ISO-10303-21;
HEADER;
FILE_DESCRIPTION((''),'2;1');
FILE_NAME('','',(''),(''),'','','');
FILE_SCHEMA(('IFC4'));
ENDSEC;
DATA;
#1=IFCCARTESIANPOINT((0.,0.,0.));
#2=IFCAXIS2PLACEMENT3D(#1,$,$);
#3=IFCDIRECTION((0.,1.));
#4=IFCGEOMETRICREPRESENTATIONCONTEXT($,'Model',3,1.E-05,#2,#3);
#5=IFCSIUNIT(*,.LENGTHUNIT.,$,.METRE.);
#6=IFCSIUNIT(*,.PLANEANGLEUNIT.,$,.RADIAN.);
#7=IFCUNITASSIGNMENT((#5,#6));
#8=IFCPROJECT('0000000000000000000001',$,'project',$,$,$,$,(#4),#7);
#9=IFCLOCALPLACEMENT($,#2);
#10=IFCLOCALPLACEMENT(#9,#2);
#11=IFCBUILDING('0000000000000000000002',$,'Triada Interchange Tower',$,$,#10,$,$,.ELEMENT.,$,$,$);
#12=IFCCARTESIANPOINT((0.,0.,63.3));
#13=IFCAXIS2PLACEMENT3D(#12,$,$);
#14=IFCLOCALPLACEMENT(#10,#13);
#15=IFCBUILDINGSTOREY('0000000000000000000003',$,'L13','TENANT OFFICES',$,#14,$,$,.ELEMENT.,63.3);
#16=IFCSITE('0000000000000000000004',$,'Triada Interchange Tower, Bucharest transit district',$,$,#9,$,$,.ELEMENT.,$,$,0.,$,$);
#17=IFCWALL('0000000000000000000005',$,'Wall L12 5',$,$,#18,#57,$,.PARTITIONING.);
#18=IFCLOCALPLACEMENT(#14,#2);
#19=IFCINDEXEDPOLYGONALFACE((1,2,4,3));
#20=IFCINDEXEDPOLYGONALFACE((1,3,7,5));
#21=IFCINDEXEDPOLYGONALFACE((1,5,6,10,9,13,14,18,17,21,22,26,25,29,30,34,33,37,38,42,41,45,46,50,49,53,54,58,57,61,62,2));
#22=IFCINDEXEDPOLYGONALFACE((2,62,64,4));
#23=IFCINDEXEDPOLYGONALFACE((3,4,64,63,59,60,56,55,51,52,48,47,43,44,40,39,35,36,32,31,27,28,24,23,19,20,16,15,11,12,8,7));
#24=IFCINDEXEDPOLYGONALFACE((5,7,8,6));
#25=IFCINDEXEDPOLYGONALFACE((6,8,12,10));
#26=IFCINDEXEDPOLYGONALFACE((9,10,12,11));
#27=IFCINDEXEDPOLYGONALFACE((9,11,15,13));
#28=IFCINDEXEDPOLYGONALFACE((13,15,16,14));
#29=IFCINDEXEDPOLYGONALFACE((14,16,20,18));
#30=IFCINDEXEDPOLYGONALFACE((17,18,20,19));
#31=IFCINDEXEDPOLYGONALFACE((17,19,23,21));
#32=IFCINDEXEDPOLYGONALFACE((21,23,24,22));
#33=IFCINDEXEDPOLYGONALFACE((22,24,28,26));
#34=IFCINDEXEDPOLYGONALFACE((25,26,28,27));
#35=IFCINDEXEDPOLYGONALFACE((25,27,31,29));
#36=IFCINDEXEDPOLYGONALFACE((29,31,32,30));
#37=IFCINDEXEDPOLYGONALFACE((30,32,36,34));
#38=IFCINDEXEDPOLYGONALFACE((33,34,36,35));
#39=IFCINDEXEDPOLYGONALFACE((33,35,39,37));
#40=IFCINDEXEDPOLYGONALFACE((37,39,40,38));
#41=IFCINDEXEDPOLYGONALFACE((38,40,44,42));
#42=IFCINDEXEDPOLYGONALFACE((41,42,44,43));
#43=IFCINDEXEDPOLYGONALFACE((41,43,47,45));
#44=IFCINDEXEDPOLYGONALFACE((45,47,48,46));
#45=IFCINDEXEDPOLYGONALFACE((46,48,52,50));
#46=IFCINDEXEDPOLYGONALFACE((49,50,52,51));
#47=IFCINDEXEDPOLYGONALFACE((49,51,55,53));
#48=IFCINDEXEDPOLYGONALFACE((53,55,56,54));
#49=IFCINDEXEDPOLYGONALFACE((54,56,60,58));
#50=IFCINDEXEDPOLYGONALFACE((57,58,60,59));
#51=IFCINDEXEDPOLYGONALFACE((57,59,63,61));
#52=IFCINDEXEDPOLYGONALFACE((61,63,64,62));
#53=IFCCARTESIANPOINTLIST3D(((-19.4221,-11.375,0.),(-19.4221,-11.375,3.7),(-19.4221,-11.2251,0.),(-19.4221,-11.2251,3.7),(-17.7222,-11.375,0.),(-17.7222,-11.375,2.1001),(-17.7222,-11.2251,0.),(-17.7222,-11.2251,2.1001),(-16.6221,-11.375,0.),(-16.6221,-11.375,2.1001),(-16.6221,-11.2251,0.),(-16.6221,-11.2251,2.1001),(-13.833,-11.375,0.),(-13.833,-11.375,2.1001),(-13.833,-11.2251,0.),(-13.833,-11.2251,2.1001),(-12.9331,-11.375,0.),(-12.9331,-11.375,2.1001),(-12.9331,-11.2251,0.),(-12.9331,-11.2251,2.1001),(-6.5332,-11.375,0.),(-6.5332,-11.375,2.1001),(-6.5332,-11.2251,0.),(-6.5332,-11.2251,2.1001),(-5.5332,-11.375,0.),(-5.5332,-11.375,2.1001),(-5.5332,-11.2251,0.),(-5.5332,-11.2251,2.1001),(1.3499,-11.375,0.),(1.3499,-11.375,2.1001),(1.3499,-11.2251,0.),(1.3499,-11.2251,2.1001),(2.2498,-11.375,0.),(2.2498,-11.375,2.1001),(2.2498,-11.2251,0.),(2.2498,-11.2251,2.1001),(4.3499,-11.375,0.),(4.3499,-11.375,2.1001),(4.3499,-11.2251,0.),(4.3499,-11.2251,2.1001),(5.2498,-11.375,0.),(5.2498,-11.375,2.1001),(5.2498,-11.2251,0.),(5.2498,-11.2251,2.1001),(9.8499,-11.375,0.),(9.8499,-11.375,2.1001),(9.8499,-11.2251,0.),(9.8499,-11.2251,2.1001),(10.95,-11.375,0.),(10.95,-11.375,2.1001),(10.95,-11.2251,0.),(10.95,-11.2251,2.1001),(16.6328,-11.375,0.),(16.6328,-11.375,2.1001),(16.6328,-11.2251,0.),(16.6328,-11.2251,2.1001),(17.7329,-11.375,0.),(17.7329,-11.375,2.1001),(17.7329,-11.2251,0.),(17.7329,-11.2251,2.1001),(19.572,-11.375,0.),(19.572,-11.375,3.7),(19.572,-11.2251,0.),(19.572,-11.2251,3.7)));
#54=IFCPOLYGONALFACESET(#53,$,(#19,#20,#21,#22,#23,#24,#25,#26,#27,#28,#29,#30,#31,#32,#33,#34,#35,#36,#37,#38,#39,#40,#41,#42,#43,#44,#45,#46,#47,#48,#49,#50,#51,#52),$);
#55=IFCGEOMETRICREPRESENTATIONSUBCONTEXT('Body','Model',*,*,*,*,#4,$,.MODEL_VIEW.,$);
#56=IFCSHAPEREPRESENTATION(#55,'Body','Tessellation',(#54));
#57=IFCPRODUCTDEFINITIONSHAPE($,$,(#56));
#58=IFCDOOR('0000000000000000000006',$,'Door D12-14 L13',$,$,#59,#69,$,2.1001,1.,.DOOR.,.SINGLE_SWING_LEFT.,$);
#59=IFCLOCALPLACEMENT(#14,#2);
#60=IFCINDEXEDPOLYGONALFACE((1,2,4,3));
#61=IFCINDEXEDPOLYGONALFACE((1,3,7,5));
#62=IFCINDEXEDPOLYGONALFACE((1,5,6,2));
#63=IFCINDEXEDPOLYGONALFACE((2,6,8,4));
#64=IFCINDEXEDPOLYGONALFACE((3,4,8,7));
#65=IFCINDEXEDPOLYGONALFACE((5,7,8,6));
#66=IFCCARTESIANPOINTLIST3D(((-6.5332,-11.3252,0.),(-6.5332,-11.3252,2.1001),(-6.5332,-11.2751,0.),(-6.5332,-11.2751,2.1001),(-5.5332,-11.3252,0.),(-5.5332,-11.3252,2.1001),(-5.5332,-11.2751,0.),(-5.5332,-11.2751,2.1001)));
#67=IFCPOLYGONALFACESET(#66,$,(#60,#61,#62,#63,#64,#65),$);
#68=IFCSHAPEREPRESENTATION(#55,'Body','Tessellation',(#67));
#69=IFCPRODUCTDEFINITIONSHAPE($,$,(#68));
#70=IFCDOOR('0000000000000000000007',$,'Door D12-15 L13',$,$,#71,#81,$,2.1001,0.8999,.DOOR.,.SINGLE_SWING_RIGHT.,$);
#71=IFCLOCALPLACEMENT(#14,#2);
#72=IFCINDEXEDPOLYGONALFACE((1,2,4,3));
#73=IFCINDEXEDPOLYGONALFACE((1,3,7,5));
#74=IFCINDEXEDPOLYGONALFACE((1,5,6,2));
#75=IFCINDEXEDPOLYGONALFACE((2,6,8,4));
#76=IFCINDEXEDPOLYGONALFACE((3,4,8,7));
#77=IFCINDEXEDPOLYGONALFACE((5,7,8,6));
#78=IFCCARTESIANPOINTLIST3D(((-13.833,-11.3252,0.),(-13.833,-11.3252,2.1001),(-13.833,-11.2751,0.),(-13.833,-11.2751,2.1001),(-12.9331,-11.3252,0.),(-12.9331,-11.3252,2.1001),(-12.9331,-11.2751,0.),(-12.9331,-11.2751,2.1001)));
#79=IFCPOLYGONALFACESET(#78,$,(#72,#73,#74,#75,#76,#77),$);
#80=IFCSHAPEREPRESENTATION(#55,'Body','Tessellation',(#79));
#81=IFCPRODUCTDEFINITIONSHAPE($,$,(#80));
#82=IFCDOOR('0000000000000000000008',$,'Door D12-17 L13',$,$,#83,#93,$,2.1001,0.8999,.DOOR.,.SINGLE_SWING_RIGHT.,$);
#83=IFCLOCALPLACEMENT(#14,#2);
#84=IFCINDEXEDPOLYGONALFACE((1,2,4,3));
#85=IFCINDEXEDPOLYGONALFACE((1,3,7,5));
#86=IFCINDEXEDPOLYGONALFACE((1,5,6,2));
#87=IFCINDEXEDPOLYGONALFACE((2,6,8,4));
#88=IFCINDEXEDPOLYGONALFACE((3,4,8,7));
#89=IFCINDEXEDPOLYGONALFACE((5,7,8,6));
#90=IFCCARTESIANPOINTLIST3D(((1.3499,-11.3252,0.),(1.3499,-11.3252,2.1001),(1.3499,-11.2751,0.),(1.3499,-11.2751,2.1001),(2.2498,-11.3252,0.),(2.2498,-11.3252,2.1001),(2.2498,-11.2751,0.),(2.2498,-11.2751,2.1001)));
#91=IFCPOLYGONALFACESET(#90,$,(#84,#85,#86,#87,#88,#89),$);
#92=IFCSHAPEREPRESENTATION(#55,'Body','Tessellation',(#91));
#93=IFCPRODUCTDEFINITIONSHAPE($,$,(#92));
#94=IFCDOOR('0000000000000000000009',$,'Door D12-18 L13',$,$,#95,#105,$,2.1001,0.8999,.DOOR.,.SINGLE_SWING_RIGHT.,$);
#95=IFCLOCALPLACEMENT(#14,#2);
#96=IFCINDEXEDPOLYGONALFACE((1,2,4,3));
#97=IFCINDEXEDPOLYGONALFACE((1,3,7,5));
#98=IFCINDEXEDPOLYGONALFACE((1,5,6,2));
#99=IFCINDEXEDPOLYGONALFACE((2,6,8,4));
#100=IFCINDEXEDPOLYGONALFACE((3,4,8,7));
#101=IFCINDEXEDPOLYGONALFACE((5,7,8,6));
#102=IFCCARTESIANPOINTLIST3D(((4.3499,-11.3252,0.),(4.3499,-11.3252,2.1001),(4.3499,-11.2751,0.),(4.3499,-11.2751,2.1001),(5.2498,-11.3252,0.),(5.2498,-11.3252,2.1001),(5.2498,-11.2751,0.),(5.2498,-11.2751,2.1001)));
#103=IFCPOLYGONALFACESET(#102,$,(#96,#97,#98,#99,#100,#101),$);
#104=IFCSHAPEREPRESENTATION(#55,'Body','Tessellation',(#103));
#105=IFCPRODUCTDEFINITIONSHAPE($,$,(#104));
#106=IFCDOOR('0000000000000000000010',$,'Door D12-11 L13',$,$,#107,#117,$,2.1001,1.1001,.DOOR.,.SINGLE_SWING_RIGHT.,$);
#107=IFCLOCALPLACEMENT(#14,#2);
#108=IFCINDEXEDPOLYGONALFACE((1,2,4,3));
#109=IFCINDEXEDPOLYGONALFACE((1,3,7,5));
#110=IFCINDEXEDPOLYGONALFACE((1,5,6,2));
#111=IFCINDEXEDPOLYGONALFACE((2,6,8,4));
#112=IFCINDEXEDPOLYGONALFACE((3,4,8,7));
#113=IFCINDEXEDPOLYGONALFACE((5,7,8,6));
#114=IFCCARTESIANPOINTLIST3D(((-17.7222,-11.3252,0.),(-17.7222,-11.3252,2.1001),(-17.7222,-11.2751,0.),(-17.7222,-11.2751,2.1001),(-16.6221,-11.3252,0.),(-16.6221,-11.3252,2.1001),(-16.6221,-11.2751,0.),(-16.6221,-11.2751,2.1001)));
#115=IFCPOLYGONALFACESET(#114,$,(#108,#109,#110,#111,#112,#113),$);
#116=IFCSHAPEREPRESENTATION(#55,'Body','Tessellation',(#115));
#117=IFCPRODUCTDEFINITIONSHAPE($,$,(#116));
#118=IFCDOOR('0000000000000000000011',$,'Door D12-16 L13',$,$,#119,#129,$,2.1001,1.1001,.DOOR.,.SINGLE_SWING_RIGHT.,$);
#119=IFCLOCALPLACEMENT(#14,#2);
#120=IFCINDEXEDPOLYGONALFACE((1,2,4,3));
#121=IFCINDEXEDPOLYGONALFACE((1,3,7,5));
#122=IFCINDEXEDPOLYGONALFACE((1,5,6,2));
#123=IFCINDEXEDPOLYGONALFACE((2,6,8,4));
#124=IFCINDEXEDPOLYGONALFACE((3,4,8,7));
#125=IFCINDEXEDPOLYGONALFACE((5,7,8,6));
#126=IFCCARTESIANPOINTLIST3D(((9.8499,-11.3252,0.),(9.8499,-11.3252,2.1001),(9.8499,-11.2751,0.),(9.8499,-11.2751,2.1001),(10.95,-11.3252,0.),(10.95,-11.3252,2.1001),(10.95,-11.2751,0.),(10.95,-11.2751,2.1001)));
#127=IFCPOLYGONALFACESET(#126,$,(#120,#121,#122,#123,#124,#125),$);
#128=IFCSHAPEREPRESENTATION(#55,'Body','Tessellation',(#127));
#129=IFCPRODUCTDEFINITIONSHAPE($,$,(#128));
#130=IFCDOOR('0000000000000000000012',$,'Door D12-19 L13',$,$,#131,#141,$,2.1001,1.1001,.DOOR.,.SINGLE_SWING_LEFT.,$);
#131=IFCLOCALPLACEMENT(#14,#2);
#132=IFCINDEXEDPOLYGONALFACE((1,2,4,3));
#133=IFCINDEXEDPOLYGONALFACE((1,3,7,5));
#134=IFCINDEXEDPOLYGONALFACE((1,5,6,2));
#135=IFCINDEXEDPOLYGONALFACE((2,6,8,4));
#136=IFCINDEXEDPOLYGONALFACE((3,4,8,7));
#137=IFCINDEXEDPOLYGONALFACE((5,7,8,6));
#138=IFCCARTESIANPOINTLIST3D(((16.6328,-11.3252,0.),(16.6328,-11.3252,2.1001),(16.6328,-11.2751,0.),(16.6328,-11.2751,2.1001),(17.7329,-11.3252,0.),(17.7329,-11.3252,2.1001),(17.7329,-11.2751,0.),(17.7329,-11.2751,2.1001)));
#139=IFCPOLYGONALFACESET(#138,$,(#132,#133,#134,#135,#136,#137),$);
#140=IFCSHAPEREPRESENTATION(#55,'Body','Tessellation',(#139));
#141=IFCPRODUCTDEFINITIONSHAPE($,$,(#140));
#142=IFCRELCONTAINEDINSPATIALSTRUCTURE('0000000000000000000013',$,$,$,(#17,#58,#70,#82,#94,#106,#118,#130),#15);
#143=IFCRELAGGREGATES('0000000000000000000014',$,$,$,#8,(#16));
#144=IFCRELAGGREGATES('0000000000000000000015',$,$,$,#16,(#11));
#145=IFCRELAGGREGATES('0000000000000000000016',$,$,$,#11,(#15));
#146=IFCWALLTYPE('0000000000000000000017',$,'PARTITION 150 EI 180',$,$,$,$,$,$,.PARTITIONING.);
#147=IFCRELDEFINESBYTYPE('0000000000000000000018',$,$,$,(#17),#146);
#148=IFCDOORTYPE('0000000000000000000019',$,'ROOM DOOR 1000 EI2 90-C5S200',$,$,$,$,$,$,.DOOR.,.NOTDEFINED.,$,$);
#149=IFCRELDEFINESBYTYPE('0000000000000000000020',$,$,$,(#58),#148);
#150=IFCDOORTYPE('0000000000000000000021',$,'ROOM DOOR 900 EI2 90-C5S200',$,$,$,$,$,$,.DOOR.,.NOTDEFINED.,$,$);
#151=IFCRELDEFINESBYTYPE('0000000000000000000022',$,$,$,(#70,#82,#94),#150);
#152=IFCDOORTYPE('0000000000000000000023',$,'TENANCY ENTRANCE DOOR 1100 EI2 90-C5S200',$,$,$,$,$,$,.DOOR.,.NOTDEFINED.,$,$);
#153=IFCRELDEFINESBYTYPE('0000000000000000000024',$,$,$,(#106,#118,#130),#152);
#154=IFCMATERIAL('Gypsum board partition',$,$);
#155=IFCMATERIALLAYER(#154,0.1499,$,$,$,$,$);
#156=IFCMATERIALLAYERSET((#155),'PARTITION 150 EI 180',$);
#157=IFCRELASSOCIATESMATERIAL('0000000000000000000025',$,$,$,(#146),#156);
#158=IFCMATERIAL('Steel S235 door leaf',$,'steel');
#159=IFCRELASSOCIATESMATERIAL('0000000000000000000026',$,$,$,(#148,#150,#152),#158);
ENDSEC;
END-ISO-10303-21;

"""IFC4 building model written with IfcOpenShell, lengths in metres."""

from ifc_helpers import new_model, si_unit, direction, frame, frame_2d, origin, place, context, subcontext, project, spatial, rectangle, extrude, material, layer, layer_set, type_object, element, fill, save


model = new_model("IFC4")

# Units and contexts
model_context = context("Model", 3, precision=1e-05, world=origin(), true_north=direction((0.0, 1.0)))
body_context = subcontext(model_context, "Body", "Model", "MODEL_VIEW")
ifc_project = project(units=[si_unit("LENGTHUNIT", "METRE"), si_unit("PLANEANGLEUNIT", "RADIAN")], contexts=[model_context])

# Site, building, storey
site_placement = place(None, origin())
site = spatial("IfcSite", under=ifc_project, at=site_placement, Name="Triada Interchange Tower, Bucharest transit district", CompositionType="ELEMENT", RefElevation=0.0)
building_placement = place(site_placement, origin())
building = spatial("IfcBuilding", under=site, at=building_placement, Name="Triada Interchange Tower", CompositionType="ELEMENT")
storey_placement = place(building_placement, frame((0.0, 0.0, 63.3)))
storey = spatial("IfcBuildingStorey", under=building, at=storey_placement, Name="L13", Description="TENANT OFFICES", CompositionType="ELEMENT", Elevation=63.3)

# Wall, openings, doors
ifc_material_1 = material(Name="Gypsum board partition")
ifc_layer_1 = layer(ifc_material_1, 0.1499)
ifc_layer_set_1 = layer_set([ifc_layer_1], Name="PARTITION 150 EI 180")
wall_type_1 = type_object("IfcWallType", Name="PARTITION 150 EI 180", PredefinedType="PARTITIONING", material=ifc_layer_set_1)
ifc_material_2 = material(Name="Steel S235 door leaf", Category="steel")
door_type_1 = type_object("IfcDoorType", Name="ROOM DOOR 1000 EI2 90-C5S200", OperationType="NOTDEFINED", PredefinedType="DOOR", material=ifc_material_2)
door_type_2 = type_object("IfcDoorType", Name="ROOM DOOR 900 EI2 90-C5S200", OperationType="NOTDEFINED", PredefinedType="DOOR", material=ifc_material_2)
door_type_3 = type_object("IfcDoorType", Name="TENANCY ENTRANCE DOOR 1100 EI2 90-C5S200", OperationType="NOTDEFINED", PredefinedType="DOOR", material=ifc_material_2)
wall_1_placement = place(storey_placement, frame((-19.4221, -11.3, 0.0), z_axis=(0.0, 0.0, 1.0), x_axis=(1.0, 0.0, 0.0)))
wall_1 = element("IfcWall", 1, at=wall_1_placement, inside=storey, type_object=wall_type_1, Name="Wall L12 5", PredefinedType="PARTITIONING", context=body_context, shape_type="SweptSolid", body=[
    extrude(rectangle(XDim=38.9941, YDim=0.1499, at=frame_2d((19.4971, 0.0))), origin(), (0.0, 0.0, 1.0), 3.7),
])
opening_1_placement = place(wall_1_placement, frame((1.7, 0.0, 0.0)))
opening_1 = element("IfcOpeningElement", 2, at=opening_1_placement, cuts=wall_1, PredefinedType="OPENING", context=body_context, shape_type="SweptSolid", body=[
    extrude(rectangle(XDim=1.1001, YDim=2.1001, at=frame_2d((0.55, 1.05))), frame((0.0, 0.085, 0.0), z_axis=(0.0, -1.0, 0.0), x_axis=(1.0, 0.0, 0.0)), (0.0, 0.0, 1.0), 0.1699),
])
opening_2_placement = place(wall_1_placement, frame((12.8889, 0.0, 0.0)))
opening_2 = element("IfcOpeningElement", 3, at=opening_2_placement, cuts=wall_1, PredefinedType="OPENING", context=body_context, shape_type="SweptSolid", body=[
    extrude(rectangle(XDim=1.0, YDim=2.1001, at=frame_2d((0.5, 1.05))), frame((0.0, 0.085, 0.0), z_axis=(0.0, -1.0, 0.0), x_axis=(1.0, 0.0, 0.0)), (0.0, 0.0, 1.0), 0.1699),
])
opening_3_placement = place(wall_1_placement, frame((5.5891, 0.0, 0.0)))
opening_3 = element("IfcOpeningElement", 4, at=opening_3_placement, cuts=wall_1, PredefinedType="OPENING", context=body_context, shape_type="SweptSolid", body=[
    extrude(rectangle(XDim=0.8999, YDim=2.1001, at=frame_2d((0.45, 1.05))), frame((0.0, 0.085, 0.0), z_axis=(0.0, -1.0, 0.0), x_axis=(1.0, 0.0, 0.0)), (0.0, 0.0, 1.0), 0.1699),
])
opening_4_placement = place(wall_1_placement, frame((29.272, 0.0, 0.0)))
opening_4 = element("IfcOpeningElement", 5, at=opening_4_placement, cuts=wall_1, PredefinedType="OPENING", context=body_context, shape_type="SweptSolid", body=[
    extrude(rectangle(XDim=1.1001, YDim=2.1001, at=frame_2d((0.55, 1.05))), frame((0.0, 0.085, 0.0), z_axis=(0.0, -1.0, 0.0), x_axis=(1.0, 0.0, 0.0)), (0.0, 0.0, 1.0), 0.1699),
])
opening_5_placement = place(wall_1_placement, frame((20.772, 0.0, 0.0)))
opening_5 = element("IfcOpeningElement", 6, at=opening_5_placement, cuts=wall_1, PredefinedType="OPENING", context=body_context, shape_type="SweptSolid", body=[
    extrude(rectangle(XDim=0.8999, YDim=2.1001, at=frame_2d((0.45, 1.05))), frame((0.0, 0.085, 0.0), z_axis=(0.0, -1.0, 0.0), x_axis=(1.0, 0.0, 0.0)), (0.0, 0.0, 1.0), 0.1699),
])
opening_6_placement = place(wall_1_placement, frame((23.772, 0.0, 0.0)))
opening_6 = element("IfcOpeningElement", 7, at=opening_6_placement, cuts=wall_1, PredefinedType="OPENING", context=body_context, shape_type="SweptSolid", body=[
    extrude(rectangle(XDim=0.8999, YDim=2.1001, at=frame_2d((0.45, 1.05))), frame((0.0, 0.085, 0.0), z_axis=(0.0, -1.0, 0.0), x_axis=(1.0, 0.0, 0.0)), (0.0, 0.0, 1.0), 0.1699),
])
opening_7_placement = place(wall_1_placement, frame((36.0549, 0.0, 0.0)))
opening_7 = element("IfcOpeningElement", 8, at=opening_7_placement, cuts=wall_1, PredefinedType="OPENING", context=body_context, shape_type="SweptSolid", body=[
    extrude(rectangle(XDim=1.1001, YDim=2.1001, at=frame_2d((0.55, 1.05))), frame((0.0, 0.085, 0.0), z_axis=(0.0, -1.0, 0.0), x_axis=(1.0, 0.0, 0.0)), (0.0, 0.0, 1.0), 0.1699),
])
door_1_placement = place(opening_2_placement, origin())
door_1 = element("IfcDoor", 9, at=door_1_placement, inside=storey, type_object=door_type_1, Name="Door D12-14 L13", OperationType="SINGLE_SWING_LEFT", OverallHeight=2.1001, OverallWidth=1.0, PredefinedType="DOOR", context=body_context, shape_type="SweptSolid", body=[
    extrude(rectangle(XDim=1.0, YDim=2.1001, at=frame_2d((0.5, 1.05))), frame((0.0, 0.0249, 0.0), z_axis=(0.0, -1.0, 0.0), x_axis=(1.0, 0.0, 0.0)), (0.0, 0.0, 1.0), 0.05),
])
fill(opening_2, door_1)
door_2_placement = place(opening_3_placement, origin())
door_2 = element("IfcDoor", 10, at=door_2_placement, inside=storey, type_object=door_type_2, Name="Door D12-15 L13", OperationType="SINGLE_SWING_RIGHT", OverallHeight=2.1001, OverallWidth=0.8999, PredefinedType="DOOR", context=body_context, shape_type="SweptSolid", body=[
    extrude(rectangle(XDim=0.8999, YDim=2.1001, at=frame_2d((0.45, 1.05))), frame((0.0, 0.0249, 0.0), z_axis=(0.0, -1.0, 0.0), x_axis=(1.0, 0.0, 0.0)), (0.0, 0.0, 1.0), 0.05),
])
fill(opening_3, door_2)
door_3_placement = place(opening_5_placement, origin())
door_3 = element("IfcDoor", 11, at=door_3_placement, inside=storey, type_object=door_type_2, Name="Door D12-17 L13", OperationType="SINGLE_SWING_RIGHT", OverallHeight=2.1001, OverallWidth=0.8999, PredefinedType="DOOR", context=body_context, shape_type="SweptSolid", body=[
    extrude(rectangle(XDim=0.8999, YDim=2.1001, at=frame_2d((0.45, 1.05))), frame((0.0, 0.0249, 0.0), z_axis=(0.0, -1.0, 0.0), x_axis=(1.0, 0.0, 0.0)), (0.0, 0.0, 1.0), 0.05),
])
fill(opening_5, door_3)
door_4_placement = place(opening_6_placement, origin())
door_4 = element("IfcDoor", 12, at=door_4_placement, inside=storey, type_object=door_type_2, Name="Door D12-18 L13", OperationType="SINGLE_SWING_RIGHT", OverallHeight=2.1001, OverallWidth=0.8999, PredefinedType="DOOR", context=body_context, shape_type="SweptSolid", body=[
    extrude(rectangle(XDim=0.8999, YDim=2.1001, at=frame_2d((0.45, 1.05))), frame((0.0, 0.0249, 0.0), z_axis=(0.0, -1.0, 0.0), x_axis=(1.0, 0.0, 0.0)), (0.0, 0.0, 1.0), 0.05),
])
fill(opening_6, door_4)
door_5_placement = place(opening_1_placement, origin())
door_5 = element("IfcDoor", 13, at=door_5_placement, inside=storey, type_object=door_type_3, Name="Door D12-11 L13", OperationType="SINGLE_SWING_RIGHT", OverallHeight=2.1001, OverallWidth=1.1001, PredefinedType="DOOR", context=body_context, shape_type="SweptSolid", body=[
    extrude(rectangle(XDim=1.1001, YDim=2.1001, at=frame_2d((0.55, 1.05))), frame((0.0, 0.0249, 0.0), z_axis=(0.0, -1.0, 0.0), x_axis=(1.0, 0.0, 0.0)), (0.0, 0.0, 1.0), 0.05),
])
fill(opening_1, door_5)
door_6_placement = place(opening_4_placement, origin())
door_6 = element("IfcDoor", 14, at=door_6_placement, inside=storey, type_object=door_type_3, Name="Door D12-16 L13", OperationType="SINGLE_SWING_RIGHT", OverallHeight=2.1001, OverallWidth=1.1001, PredefinedType="DOOR", context=body_context, shape_type="SweptSolid", body=[
    extrude(rectangle(XDim=1.1001, YDim=2.1001, at=frame_2d((0.55, 1.05))), frame((0.0, 0.0249, 0.0), z_axis=(0.0, -1.0, 0.0), x_axis=(1.0, 0.0, 0.0)), (0.0, 0.0, 1.0), 0.05),
])
fill(opening_4, door_6)
door_7_placement = place(opening_7_placement, origin())
door_7 = element("IfcDoor", 15, at=door_7_placement, inside=storey, type_object=door_type_3, Name="Door D12-19 L13", OperationType="SINGLE_SWING_LEFT", OverallHeight=2.1001, OverallWidth=1.1001, PredefinedType="DOOR", context=body_context, shape_type="SweptSolid", body=[
    extrude(rectangle(XDim=1.1001, YDim=2.1001, at=frame_2d((0.55, 1.05))), frame((0.0, 0.0249, 0.0), z_axis=(0.0, -1.0, 0.0), x_axis=(1.0, 0.0, 0.0)), (0.0, 0.0, 1.0), 0.05),
])
fill(opening_7, door_7)

save(model, "model.ifc")
